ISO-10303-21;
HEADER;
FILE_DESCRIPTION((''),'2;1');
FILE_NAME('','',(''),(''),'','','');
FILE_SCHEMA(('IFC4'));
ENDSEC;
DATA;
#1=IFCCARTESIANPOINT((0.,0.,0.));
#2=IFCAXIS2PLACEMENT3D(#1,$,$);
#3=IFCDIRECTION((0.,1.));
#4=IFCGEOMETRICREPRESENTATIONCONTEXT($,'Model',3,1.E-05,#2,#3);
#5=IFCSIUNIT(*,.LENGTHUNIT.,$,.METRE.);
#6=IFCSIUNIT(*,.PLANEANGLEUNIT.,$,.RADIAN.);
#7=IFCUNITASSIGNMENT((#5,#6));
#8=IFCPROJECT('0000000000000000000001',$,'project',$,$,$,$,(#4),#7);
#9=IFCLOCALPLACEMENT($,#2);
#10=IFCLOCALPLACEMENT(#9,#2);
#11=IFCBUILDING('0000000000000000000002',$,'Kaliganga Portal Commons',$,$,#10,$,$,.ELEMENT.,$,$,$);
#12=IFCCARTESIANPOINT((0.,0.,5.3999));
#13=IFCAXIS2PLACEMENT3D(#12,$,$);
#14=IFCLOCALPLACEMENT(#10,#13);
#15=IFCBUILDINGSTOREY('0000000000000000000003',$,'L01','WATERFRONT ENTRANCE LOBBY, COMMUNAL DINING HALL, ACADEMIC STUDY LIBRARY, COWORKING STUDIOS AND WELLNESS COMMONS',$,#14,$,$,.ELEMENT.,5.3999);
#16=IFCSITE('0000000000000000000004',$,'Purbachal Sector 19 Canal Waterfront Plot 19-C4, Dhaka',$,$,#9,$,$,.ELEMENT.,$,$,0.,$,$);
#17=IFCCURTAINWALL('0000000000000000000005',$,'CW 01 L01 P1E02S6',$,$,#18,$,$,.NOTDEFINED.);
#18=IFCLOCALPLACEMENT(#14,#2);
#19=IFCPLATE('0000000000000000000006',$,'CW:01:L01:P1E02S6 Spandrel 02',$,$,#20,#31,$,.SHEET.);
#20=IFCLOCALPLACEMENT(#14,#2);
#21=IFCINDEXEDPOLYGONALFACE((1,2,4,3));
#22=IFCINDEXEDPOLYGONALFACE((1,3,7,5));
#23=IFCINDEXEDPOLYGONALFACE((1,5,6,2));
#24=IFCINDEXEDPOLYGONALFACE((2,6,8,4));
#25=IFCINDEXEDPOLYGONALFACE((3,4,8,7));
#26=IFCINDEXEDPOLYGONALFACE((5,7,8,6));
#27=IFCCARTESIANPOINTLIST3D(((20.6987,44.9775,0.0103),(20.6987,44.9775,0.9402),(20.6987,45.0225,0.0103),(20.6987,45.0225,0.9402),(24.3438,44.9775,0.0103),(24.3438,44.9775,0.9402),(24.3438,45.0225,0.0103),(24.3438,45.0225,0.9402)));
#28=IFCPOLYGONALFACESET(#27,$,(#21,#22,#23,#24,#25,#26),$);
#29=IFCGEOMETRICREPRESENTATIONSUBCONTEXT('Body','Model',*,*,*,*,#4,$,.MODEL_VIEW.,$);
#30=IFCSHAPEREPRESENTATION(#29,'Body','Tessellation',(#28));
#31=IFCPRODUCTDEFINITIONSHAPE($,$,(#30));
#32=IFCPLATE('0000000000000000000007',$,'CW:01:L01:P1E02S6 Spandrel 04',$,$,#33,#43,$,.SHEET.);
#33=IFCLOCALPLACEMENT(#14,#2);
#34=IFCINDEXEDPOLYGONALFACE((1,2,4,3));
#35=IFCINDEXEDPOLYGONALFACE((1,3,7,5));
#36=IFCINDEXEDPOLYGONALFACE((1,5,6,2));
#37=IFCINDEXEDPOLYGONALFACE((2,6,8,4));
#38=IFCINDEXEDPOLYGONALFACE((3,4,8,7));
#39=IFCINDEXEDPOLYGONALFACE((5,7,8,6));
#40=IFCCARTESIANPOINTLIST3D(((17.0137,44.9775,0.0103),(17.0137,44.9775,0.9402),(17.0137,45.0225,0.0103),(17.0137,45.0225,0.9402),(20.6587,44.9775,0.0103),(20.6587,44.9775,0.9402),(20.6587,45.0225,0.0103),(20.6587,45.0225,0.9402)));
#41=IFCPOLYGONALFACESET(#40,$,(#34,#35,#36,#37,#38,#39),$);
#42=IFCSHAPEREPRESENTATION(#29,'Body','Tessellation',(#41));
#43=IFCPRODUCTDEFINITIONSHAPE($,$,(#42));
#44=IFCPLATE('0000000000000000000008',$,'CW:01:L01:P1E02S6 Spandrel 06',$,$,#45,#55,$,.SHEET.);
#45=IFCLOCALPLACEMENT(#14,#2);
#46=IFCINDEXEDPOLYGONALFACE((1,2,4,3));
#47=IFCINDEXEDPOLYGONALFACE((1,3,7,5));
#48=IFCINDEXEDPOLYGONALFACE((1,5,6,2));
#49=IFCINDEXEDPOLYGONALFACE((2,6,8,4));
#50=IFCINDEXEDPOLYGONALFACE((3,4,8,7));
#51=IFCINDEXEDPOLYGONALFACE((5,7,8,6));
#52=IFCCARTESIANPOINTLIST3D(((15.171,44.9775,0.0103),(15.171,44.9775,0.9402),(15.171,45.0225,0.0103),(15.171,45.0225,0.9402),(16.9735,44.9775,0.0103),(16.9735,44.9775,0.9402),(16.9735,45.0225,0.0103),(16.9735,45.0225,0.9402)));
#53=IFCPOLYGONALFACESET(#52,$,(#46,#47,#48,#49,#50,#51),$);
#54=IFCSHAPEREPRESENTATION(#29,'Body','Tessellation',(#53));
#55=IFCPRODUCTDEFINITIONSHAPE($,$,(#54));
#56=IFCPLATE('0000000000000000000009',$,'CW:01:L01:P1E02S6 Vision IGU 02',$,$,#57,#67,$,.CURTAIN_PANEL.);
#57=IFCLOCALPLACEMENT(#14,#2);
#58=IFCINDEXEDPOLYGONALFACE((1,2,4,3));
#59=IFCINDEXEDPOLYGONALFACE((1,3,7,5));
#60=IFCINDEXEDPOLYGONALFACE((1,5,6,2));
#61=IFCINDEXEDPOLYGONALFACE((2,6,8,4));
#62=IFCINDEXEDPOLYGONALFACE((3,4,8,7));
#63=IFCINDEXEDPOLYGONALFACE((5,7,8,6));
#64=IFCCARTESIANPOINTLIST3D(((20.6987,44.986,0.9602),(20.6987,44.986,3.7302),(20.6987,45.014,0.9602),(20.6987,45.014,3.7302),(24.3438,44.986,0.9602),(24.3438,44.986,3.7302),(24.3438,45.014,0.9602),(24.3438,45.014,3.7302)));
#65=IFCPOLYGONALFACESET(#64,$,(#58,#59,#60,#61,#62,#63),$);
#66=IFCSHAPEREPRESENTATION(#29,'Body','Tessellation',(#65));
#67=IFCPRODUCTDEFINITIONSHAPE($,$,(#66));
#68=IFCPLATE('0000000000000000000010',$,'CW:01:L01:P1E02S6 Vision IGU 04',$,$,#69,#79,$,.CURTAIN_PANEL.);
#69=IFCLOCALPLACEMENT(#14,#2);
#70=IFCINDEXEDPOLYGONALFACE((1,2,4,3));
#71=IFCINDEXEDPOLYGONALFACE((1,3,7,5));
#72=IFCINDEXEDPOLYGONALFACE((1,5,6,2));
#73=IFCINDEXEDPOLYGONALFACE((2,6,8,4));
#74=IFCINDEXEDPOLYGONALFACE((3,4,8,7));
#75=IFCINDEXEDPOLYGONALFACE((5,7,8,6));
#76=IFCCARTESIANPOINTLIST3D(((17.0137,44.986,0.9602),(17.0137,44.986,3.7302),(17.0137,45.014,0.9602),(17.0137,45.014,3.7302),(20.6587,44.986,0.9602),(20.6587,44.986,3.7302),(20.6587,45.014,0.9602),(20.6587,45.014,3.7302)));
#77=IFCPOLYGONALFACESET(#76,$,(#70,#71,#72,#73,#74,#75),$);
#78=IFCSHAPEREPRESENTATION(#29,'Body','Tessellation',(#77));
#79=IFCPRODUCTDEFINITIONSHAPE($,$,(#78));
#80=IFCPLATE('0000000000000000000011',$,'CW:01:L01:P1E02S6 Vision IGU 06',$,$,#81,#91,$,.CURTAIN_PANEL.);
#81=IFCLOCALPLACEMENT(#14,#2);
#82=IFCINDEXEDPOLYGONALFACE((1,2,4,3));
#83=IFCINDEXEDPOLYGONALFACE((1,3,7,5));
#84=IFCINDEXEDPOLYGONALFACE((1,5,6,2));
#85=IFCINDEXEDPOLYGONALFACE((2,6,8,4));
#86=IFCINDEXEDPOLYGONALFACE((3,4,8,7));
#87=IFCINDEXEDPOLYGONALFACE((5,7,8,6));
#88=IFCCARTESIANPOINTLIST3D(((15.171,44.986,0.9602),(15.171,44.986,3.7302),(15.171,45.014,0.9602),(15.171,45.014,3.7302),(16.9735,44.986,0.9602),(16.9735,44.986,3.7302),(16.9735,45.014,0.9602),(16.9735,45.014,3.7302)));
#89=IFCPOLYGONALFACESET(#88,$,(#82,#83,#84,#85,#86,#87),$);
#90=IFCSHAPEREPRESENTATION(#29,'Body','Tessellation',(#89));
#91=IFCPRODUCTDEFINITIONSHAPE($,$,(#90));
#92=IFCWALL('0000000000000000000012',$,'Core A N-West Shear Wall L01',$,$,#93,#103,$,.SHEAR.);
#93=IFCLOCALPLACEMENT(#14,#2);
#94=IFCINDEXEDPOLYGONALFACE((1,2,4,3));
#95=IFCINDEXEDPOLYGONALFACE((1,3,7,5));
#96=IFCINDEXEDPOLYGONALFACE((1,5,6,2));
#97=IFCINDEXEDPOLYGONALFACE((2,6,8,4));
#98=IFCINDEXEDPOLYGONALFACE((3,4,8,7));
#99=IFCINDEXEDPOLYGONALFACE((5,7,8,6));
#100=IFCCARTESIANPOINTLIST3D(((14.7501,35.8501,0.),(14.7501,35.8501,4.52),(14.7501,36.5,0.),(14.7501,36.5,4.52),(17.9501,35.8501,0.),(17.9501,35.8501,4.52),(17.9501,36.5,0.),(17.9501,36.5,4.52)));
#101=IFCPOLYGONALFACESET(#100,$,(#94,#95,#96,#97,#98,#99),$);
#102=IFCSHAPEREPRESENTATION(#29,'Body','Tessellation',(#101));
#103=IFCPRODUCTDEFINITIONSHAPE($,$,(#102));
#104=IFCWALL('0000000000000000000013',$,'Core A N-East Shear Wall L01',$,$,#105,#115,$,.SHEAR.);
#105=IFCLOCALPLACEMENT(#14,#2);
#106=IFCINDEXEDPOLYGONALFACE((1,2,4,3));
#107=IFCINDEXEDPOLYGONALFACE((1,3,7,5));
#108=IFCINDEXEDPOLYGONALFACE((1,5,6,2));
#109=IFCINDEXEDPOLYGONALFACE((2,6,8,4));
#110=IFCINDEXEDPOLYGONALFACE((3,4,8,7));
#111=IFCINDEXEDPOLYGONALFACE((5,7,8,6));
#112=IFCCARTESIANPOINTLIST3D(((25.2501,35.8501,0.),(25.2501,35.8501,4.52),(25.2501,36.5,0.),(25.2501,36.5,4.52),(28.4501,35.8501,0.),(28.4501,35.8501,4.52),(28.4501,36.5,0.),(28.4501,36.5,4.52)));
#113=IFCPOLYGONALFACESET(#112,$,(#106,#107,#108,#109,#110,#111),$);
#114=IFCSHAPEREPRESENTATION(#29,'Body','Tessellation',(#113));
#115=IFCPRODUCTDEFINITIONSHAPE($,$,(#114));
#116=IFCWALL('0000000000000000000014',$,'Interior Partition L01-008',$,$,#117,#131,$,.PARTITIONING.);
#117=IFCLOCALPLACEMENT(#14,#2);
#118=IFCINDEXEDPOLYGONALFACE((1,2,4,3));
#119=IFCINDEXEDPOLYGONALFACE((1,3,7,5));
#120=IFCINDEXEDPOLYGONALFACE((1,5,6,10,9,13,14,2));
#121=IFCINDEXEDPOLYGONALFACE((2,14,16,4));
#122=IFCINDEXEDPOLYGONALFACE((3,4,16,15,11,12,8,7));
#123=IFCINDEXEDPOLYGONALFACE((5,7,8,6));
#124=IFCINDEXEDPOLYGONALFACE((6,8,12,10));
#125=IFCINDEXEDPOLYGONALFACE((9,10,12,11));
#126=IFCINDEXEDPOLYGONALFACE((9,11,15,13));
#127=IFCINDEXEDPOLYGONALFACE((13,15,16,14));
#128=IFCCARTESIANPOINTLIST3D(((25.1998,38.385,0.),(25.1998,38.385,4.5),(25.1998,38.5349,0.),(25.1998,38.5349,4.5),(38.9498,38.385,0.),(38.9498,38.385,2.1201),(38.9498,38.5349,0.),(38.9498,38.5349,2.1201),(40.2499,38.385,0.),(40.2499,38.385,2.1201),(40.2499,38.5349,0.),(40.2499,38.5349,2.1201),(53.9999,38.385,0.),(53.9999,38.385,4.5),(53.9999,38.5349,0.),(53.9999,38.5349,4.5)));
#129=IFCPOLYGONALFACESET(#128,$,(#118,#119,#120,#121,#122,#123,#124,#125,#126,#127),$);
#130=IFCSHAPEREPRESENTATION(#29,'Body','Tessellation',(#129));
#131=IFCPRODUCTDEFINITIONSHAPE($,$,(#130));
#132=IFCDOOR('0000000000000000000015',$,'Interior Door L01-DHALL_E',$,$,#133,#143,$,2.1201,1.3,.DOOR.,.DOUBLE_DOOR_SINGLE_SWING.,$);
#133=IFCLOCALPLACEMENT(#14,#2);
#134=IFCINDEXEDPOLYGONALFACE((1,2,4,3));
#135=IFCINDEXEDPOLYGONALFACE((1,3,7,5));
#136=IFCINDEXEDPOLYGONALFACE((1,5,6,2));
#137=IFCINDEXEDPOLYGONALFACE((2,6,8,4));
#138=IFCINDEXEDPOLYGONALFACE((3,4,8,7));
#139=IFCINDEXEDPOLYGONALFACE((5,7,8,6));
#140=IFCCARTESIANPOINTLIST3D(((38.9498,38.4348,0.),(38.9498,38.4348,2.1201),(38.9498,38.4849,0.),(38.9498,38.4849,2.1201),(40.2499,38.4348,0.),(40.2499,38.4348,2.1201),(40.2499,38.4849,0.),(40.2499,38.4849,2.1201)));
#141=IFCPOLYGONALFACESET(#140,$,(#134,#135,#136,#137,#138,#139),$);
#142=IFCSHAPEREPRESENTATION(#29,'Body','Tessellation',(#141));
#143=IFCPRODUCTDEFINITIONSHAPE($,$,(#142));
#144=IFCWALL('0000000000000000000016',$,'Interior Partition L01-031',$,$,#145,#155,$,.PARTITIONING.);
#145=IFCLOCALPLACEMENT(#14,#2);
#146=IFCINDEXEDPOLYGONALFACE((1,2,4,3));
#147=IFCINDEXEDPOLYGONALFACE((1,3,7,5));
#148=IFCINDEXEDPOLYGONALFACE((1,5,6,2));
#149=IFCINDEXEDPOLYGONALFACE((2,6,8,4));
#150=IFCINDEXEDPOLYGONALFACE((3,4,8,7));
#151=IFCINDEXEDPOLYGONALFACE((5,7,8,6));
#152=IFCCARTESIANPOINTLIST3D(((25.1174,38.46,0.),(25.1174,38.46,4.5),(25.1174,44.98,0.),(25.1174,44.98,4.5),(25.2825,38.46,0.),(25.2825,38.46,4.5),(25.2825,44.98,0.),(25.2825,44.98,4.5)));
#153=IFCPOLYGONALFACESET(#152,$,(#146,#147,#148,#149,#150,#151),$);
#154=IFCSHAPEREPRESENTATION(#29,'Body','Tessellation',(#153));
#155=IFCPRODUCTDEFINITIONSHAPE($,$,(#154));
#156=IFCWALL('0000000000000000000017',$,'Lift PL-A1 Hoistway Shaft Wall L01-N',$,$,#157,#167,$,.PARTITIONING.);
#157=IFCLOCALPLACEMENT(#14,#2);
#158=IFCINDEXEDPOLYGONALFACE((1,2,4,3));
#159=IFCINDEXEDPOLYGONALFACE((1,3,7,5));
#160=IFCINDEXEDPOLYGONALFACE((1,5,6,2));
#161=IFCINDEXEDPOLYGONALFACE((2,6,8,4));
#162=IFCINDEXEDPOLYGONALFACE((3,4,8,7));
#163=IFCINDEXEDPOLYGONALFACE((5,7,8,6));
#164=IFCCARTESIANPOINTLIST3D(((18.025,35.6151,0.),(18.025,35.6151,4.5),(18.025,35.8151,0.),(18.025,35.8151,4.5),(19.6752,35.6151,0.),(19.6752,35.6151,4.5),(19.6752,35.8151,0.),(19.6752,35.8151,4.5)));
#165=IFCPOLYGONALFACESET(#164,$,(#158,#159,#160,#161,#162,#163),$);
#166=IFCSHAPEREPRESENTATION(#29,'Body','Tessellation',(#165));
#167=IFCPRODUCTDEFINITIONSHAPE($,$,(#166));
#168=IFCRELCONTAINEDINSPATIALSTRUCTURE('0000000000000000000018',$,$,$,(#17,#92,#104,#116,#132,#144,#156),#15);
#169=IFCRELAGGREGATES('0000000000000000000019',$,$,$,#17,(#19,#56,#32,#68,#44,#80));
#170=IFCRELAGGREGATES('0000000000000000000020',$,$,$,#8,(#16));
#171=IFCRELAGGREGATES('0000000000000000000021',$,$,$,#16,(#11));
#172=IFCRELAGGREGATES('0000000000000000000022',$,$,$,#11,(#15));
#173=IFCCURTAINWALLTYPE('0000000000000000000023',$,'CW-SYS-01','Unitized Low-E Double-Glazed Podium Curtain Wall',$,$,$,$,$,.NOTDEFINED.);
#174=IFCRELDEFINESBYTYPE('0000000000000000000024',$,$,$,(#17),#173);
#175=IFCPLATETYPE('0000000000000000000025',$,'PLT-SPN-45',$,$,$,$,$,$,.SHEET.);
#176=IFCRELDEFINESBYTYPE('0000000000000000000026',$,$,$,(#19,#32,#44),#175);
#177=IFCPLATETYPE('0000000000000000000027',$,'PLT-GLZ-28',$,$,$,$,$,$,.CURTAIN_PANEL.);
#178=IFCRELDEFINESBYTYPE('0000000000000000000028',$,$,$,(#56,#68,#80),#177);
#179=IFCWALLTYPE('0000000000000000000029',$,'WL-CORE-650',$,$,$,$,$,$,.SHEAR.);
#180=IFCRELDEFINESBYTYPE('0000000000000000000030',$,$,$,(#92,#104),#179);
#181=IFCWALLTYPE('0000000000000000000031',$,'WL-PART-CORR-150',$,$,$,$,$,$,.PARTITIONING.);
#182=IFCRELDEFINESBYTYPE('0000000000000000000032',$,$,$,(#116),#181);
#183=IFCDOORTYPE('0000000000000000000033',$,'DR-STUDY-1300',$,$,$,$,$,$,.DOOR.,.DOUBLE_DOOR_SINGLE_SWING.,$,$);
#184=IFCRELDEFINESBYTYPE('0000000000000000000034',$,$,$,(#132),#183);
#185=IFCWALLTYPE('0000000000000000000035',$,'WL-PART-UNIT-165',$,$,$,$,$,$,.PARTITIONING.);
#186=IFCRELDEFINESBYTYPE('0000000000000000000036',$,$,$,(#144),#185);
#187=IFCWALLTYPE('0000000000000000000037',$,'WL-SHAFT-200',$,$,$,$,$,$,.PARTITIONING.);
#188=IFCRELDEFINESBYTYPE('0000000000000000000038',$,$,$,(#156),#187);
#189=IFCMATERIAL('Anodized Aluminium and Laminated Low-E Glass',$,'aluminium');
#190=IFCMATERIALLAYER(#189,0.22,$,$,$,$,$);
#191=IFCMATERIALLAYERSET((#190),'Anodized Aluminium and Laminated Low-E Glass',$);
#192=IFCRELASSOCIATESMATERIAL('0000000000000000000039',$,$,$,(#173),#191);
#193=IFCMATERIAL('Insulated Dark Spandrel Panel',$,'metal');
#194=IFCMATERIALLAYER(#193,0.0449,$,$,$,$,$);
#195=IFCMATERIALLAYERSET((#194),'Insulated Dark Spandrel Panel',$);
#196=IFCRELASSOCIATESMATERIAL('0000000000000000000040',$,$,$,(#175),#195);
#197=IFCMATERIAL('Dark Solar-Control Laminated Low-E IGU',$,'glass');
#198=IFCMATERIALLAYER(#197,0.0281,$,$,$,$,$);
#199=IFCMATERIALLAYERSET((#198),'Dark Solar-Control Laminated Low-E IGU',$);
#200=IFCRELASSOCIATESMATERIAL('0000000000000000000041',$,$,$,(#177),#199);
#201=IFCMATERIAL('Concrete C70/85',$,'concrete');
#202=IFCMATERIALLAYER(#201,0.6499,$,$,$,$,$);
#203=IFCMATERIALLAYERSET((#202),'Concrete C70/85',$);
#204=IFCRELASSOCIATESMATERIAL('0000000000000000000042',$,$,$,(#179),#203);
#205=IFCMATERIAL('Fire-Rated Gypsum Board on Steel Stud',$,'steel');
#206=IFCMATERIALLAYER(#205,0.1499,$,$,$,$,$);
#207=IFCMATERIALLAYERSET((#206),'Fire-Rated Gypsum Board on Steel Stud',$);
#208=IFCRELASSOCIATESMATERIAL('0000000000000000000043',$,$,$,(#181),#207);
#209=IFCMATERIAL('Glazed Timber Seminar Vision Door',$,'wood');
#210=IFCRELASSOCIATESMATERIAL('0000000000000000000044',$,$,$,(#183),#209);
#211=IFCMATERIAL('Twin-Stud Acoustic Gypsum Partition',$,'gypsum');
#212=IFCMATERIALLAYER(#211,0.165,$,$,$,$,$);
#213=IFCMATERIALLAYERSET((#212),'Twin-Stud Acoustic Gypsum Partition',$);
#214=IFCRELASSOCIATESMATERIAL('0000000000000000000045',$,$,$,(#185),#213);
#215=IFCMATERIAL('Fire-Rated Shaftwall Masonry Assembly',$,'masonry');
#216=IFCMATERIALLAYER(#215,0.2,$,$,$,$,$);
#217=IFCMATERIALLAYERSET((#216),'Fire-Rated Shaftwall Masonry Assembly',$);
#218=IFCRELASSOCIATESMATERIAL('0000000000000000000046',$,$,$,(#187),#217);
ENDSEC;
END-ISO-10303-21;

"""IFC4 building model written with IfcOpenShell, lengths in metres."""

from ifc_helpers import new_model, si_unit, direction, frame, frame_2d, origin, origin_2d, place, context, subcontext, project, spatial, rectangle, extrude, source, transform, mapped, material, layer, layer_set, type_object, element, fill, aggregate, save


model = new_model("IFC4")

# Units and contexts
model_context = context("Model", 3, precision=1e-05, world=origin(), true_north=direction((0.0, 1.0)))
body_context = subcontext(model_context, "Body", "Model", "MODEL_VIEW")
ifc_project = project(units=[si_unit("LENGTHUNIT", "METRE"), si_unit("PLANEANGLEUNIT", "RADIAN")], contexts=[model_context])

# Site, building, storey
site_placement = place(None, origin())
site = spatial("IfcSite", under=ifc_project, at=site_placement, Name="Purbachal Sector 19 Canal Waterfront Plot 19-C4, Dhaka", CompositionType="ELEMENT", RefElevation=0.0)
building_placement = place(site_placement, origin())
building = spatial("IfcBuilding", under=site, at=building_placement, Name="Kaliganga Portal Commons", CompositionType="ELEMENT")
storey_placement = place(building_placement, frame((0.0, 0.0, 5.3999)))
storey = spatial("IfcBuildingStorey", under=building, at=storey_placement, Name="L01", Description="WATERFRONT ENTRANCE LOBBY, COMMUNAL DINING HALL, ACADEMIC STUDY LIBRARY, COWORKING STUDIOS AND WELLNESS COMMONS", CompositionType="ELEMENT", Elevation=5.3999)

# Shared definitions
ifc_material_1 = material(Name="Concrete C70/85", Category="concrete")

# Curtain wall, plates
ifc_material_2 = material(Name="Anodized Aluminium and Laminated Low-E Glass", Category="aluminium")
ifc_layer_1 = layer(ifc_material_2, 0.22)
ifc_layer_set_1 = layer_set([ifc_layer_1], Name="Anodized Aluminium and Laminated Low-E Glass")
curtain_wall_type = type_object("IfcCurtainWallType", Name="CW-SYS-01", Description="Unitized Low-E Double-Glazed Podium Curtain Wall", PredefinedType="NOTDEFINED", material=ifc_layer_set_1)
curtain_wall_placement = place(storey_placement, origin())
curtain_wall = element("IfcCurtainWall", 1, at=curtain_wall_placement, inside=storey, type_object=curtain_wall_type, Name="CW 01 L01 P1E02S6", PredefinedType="NOTDEFINED")
ifc_material_3 = material(Name="Insulated Dark Spandrel Panel", Category="metal")
ifc_layer_2 = layer(ifc_material_3, 0.0449)
ifc_layer_set_2 = layer_set([ifc_layer_2], Name="Insulated Dark Spandrel Panel")
plate_type_1 = type_object("IfcPlateType", Name="PLT-SPN-45", PredefinedType="SHEET", material=ifc_layer_set_2)
shared_shape_1 = source(origin(), body_context, "Body", "SweptSolid", [
    extrude(rectangle(XDim=3.645, YDim=0.0449, at=origin_2d()), origin(), (0.0, 0.0, 1.0), 0.9299),
])
plate_1_placement = place(storey_placement, frame((22.5212, 45.0, 0.0103), z_axis=(0.0, 0.0, 1.0), x_axis=(-1.0, 0.0, 0.0)))
plate_1 = element("IfcPlate", 2, at=plate_1_placement, type_object=plate_type_1, Name="CW:01:L01:P1E02S6 Spandrel 02", PredefinedType="SHEET", context=body_context, shape_type="MappedRepresentation", body=[
    mapped(shared_shape_1, transform((0.0, 0.0, 0.0), x_axis=(1.0, 0.0, 0.0), y_axis=(0.0, 1.0, 0.0), z_axis=(0.0, 0.0, 1.0), scale=1.0)),
])
plate_2_placement = place(storey_placement, frame((18.8362, 45.0, 0.0103), z_axis=(0.0, 0.0, 1.0), x_axis=(-1.0, 0.0, 0.0)))
plate_2 = element("IfcPlate", 3, at=plate_2_placement, type_object=plate_type_1, Name="CW:01:L01:P1E02S6 Spandrel 04", PredefinedType="SHEET", context=body_context, shape_type="MappedRepresentation", body=[
    mapped(shared_shape_1, transform((0.0, 0.0, 0.0), x_axis=(1.0, 0.0, 0.0), y_axis=(0.0, 1.0, 0.0), z_axis=(0.0, 0.0, 1.0), scale=1.0)),
])
shared_shape_2 = source(origin(), body_context, "Body", "SweptSolid", [
    extrude(rectangle(XDim=1.8025, YDim=0.0449, at=origin_2d()), origin(), (0.0, 0.0, 1.0), 0.9299),
])
plate_3_placement = place(storey_placement, frame((16.0723, 45.0, 0.0103), z_axis=(0.0, 0.0, 1.0), x_axis=(-1.0, 0.0, 0.0)))
plate_3 = element("IfcPlate", 4, at=plate_3_placement, type_object=plate_type_1, Name="CW:01:L01:P1E02S6 Spandrel 06", PredefinedType="SHEET", context=body_context, shape_type="MappedRepresentation", body=[
    mapped(shared_shape_2, transform((0.0, 0.0, 0.0), x_axis=(1.0, 0.0, 0.0), y_axis=(0.0, 1.0, 0.0), z_axis=(0.0, 0.0, 1.0), scale=1.0)),
])
ifc_material_4 = material(Name="Dark Solar-Control Laminated Low-E IGU", Category="glass")
ifc_layer_3 = layer(ifc_material_4, 0.0281)
ifc_layer_set_3 = layer_set([ifc_layer_3], Name="Dark Solar-Control Laminated Low-E IGU")
plate_type_2 = type_object("IfcPlateType", Name="PLT-GLZ-28", PredefinedType="CURTAIN_PANEL", material=ifc_layer_set_3)
shared_shape_3 = source(origin(), body_context, "Body", "SweptSolid", [
    extrude(rectangle(XDim=3.645, YDim=0.0281, at=origin_2d()), origin(), (0.0, 0.0, 1.0), 2.77),
])
plate_4_placement = place(storey_placement, frame((22.5212, 45.0, 0.9602), z_axis=(0.0, 0.0, 1.0), x_axis=(-1.0, 0.0, 0.0)))
plate_4 = element("IfcPlate", 5, at=plate_4_placement, type_object=plate_type_2, Name="CW:01:L01:P1E02S6 Vision IGU 02", PredefinedType="CURTAIN_PANEL", context=body_context, shape_type="MappedRepresentation", body=[
    mapped(shared_shape_3, transform((0.0, 0.0, 0.0), x_axis=(1.0, 0.0, 0.0), y_axis=(0.0, 1.0, 0.0), z_axis=(0.0, 0.0, 1.0), scale=1.0)),
])
plate_5_placement = place(storey_placement, frame((18.8362, 45.0, 0.9602), z_axis=(0.0, 0.0, 1.0), x_axis=(-1.0, 0.0, 0.0)))
plate_5 = element("IfcPlate", 6, at=plate_5_placement, type_object=plate_type_2, Name="CW:01:L01:P1E02S6 Vision IGU 04", PredefinedType="CURTAIN_PANEL", context=body_context, shape_type="MappedRepresentation", body=[
    mapped(shared_shape_3, transform((0.0, 0.0, 0.0), x_axis=(1.0, 0.0, 0.0), y_axis=(0.0, 1.0, 0.0), z_axis=(0.0, 0.0, 1.0), scale=1.0)),
])
shared_shape_4 = source(origin(), body_context, "Body", "SweptSolid", [
    extrude(rectangle(XDim=1.8025, YDim=0.0281, at=origin_2d()), origin(), (0.0, 0.0, 1.0), 2.77),
])
plate_6_placement = place(storey_placement, frame((16.0723, 45.0, 0.9602), z_axis=(0.0, 0.0, 1.0), x_axis=(-1.0, 0.0, 0.0)))
plate_6 = element("IfcPlate", 7, at=plate_6_placement, type_object=plate_type_2, Name="CW:01:L01:P1E02S6 Vision IGU 06", PredefinedType="CURTAIN_PANEL", context=body_context, shape_type="MappedRepresentation", body=[
    mapped(shared_shape_4, transform((0.0, 0.0, 0.0), x_axis=(1.0, 0.0, 0.0), y_axis=(0.0, 1.0, 0.0), z_axis=(0.0, 0.0, 1.0), scale=1.0)),
])
aggregate(curtain_wall, [plate_1, plate_4, plate_2, plate_5, plate_3, plate_6])

# Walls
ifc_layer_4 = layer(ifc_material_1, 0.6499)
ifc_layer_set_4 = layer_set([ifc_layer_4], Name="Concrete C70/85")
wall_type_1 = type_object("IfcWallType", Name="WL-CORE-650", PredefinedType="SHEAR", material=ifc_layer_set_4)
for number, where, z_axis, x_axis, name in (
    (8, (14.75, 36.175, 0.0), (0.0, 0.0, 1.0), (1.0, 0.0, 0.0), "Core A N-West Shear Wall L01"),
    (9, (25.25, 36.175, 0.0), (0.0, 0.0, 1.0), (1.0, 0.0, 0.0), "Core A N-East Shear Wall L01"),
):
    element("IfcWall", number, at=place(storey_placement, frame(where, z_axis=z_axis, x_axis=x_axis)), inside=storey, type_object=wall_type_1, Name=name, PredefinedType="SHEAR", context=body_context, shape_type="SweptSolid", body=[
        extrude(rectangle(XDim=3.2, YDim=0.6499, at=frame_2d((1.6001, 0.0))), origin(), (0.0, 0.0, 1.0), 4.52),
    ])

# Wall, opening, door
ifc_material_5 = material(Name="Fire-Rated Gypsum Board on Steel Stud", Category="steel")
ifc_layer_5 = layer(ifc_material_5, 0.1499)
ifc_layer_set_5 = layer_set([ifc_layer_5], Name="Fire-Rated Gypsum Board on Steel Stud")
wall_type_2 = type_object("IfcWallType", Name="WL-PART-CORR-150", PredefinedType="PARTITIONING", material=ifc_layer_set_5)
wall_1_placement = place(storey_placement, frame((25.2, 38.46, 0.0), z_axis=(0.0, 0.0, 1.0), x_axis=(1.0, 0.0, 0.0)))
wall_1 = element("IfcWall", 10, at=wall_1_placement, inside=storey, type_object=wall_type_2, Name="Interior Partition L01-008", PredefinedType="PARTITIONING", context=body_context, shape_type="SweptSolid", body=[
    extrude(rectangle(XDim=28.8, YDim=0.1499, at=frame_2d((14.3999, 0.0))), origin(), (0.0, 0.0, 1.0), 4.5),
])
opening_placement = place(wall_1_placement, frame((13.75, 0.0, 0.0)))
opening = element("IfcOpeningElement", 11, at=opening_placement, cuts=wall_1, PredefinedType="OPENING", context=body_context, shape_type="SweptSolid", body=[
    extrude(rectangle(XDim=1.3, YDim=2.1201, at=frame_2d((0.6499, 1.0601))), frame((0.0, 0.085, 0.0), z_axis=(0.0, -1.0, 0.0), x_axis=(1.0, 0.0, 0.0)), (0.0, 0.0, 1.0), 0.1699),
])
ifc_material_6 = material(Name="Glazed Timber Seminar Vision Door", Category="wood")
door_type = type_object("IfcDoorType", Name="DR-STUDY-1300", OperationType="DOUBLE_DOOR_SINGLE_SWING", PredefinedType="DOOR", material=ifc_material_6)
door_placement = place(opening_placement, origin())
door = element("IfcDoor", 12, at=door_placement, inside=storey, type_object=door_type, Name="Interior Door L01-DHALL_E", OperationType="DOUBLE_DOOR_SINGLE_SWING", OverallHeight=2.1201, OverallWidth=1.3, PredefinedType="DOOR", context=body_context, shape_type="SweptSolid", body=[
    extrude(rectangle(XDim=1.3, YDim=2.1201, at=frame_2d((0.6499, 1.0601))), frame((0.0, 0.0249, 0.0), z_axis=(0.0, -1.0, 0.0), x_axis=(1.0, 0.0, 0.0)), (0.0, 0.0, 1.0), 0.05),
])
fill(opening, door)

# Walls
ifc_material_7 = material(Name="Twin-Stud Acoustic Gypsum Partition", Category="gypsum")
ifc_layer_6 = layer(ifc_material_7, 0.165)
ifc_layer_set_6 = layer_set([ifc_layer_6], Name="Twin-Stud Acoustic Gypsum Partition")
wall_type_3 = type_object("IfcWallType", Name="WL-PART-UNIT-165", PredefinedType="PARTITIONING", material=ifc_layer_set_6)
wall_2_placement = place(storey_placement, frame((25.2, 38.46, 0.0), z_axis=(0.0, 0.0, 1.0), x_axis=(0.0, 1.0, 0.0)))
element("IfcWall", 13, at=wall_2_placement, inside=storey, type_object=wall_type_3, Name="Interior Partition L01-031", PredefinedType="PARTITIONING", context=body_context, shape_type="SweptSolid", body=[
    extrude(rectangle(XDim=6.52, YDim=0.165, at=frame_2d((3.26, 0.0))), origin(), (0.0, 0.0, 1.0), 4.5),
])
ifc_material_8 = material(Name="Fire-Rated Shaftwall Masonry Assembly", Category="masonry")
ifc_layer_7 = layer(ifc_material_8, 0.2)
ifc_layer_set_7 = layer_set([ifc_layer_7], Name="Fire-Rated Shaftwall Masonry Assembly")
wall_type_4 = type_object("IfcWallType", Name="WL-SHAFT-200", PredefinedType="PARTITIONING", material=ifc_layer_set_7)
wall_3_placement = place(storey_placement, frame((18.0249, 35.7151, 0.0), z_axis=(0.0, 0.0, 1.0), x_axis=(1.0, 0.0, 0.0)))
element("IfcWall", 14, at=wall_3_placement, inside=storey, type_object=wall_type_4, Name="Lift PL-A1 Hoistway Shaft Wall L01-N", PredefinedType="PARTITIONING", context=body_context, shape_type="SweptSolid", body=[
    extrude(rectangle(XDim=1.6501, YDim=0.2, at=frame_2d((0.8252, 0.0))), origin(), (0.0, 0.0, 1.0), 4.5),
])

save(model, "model.ifc")
